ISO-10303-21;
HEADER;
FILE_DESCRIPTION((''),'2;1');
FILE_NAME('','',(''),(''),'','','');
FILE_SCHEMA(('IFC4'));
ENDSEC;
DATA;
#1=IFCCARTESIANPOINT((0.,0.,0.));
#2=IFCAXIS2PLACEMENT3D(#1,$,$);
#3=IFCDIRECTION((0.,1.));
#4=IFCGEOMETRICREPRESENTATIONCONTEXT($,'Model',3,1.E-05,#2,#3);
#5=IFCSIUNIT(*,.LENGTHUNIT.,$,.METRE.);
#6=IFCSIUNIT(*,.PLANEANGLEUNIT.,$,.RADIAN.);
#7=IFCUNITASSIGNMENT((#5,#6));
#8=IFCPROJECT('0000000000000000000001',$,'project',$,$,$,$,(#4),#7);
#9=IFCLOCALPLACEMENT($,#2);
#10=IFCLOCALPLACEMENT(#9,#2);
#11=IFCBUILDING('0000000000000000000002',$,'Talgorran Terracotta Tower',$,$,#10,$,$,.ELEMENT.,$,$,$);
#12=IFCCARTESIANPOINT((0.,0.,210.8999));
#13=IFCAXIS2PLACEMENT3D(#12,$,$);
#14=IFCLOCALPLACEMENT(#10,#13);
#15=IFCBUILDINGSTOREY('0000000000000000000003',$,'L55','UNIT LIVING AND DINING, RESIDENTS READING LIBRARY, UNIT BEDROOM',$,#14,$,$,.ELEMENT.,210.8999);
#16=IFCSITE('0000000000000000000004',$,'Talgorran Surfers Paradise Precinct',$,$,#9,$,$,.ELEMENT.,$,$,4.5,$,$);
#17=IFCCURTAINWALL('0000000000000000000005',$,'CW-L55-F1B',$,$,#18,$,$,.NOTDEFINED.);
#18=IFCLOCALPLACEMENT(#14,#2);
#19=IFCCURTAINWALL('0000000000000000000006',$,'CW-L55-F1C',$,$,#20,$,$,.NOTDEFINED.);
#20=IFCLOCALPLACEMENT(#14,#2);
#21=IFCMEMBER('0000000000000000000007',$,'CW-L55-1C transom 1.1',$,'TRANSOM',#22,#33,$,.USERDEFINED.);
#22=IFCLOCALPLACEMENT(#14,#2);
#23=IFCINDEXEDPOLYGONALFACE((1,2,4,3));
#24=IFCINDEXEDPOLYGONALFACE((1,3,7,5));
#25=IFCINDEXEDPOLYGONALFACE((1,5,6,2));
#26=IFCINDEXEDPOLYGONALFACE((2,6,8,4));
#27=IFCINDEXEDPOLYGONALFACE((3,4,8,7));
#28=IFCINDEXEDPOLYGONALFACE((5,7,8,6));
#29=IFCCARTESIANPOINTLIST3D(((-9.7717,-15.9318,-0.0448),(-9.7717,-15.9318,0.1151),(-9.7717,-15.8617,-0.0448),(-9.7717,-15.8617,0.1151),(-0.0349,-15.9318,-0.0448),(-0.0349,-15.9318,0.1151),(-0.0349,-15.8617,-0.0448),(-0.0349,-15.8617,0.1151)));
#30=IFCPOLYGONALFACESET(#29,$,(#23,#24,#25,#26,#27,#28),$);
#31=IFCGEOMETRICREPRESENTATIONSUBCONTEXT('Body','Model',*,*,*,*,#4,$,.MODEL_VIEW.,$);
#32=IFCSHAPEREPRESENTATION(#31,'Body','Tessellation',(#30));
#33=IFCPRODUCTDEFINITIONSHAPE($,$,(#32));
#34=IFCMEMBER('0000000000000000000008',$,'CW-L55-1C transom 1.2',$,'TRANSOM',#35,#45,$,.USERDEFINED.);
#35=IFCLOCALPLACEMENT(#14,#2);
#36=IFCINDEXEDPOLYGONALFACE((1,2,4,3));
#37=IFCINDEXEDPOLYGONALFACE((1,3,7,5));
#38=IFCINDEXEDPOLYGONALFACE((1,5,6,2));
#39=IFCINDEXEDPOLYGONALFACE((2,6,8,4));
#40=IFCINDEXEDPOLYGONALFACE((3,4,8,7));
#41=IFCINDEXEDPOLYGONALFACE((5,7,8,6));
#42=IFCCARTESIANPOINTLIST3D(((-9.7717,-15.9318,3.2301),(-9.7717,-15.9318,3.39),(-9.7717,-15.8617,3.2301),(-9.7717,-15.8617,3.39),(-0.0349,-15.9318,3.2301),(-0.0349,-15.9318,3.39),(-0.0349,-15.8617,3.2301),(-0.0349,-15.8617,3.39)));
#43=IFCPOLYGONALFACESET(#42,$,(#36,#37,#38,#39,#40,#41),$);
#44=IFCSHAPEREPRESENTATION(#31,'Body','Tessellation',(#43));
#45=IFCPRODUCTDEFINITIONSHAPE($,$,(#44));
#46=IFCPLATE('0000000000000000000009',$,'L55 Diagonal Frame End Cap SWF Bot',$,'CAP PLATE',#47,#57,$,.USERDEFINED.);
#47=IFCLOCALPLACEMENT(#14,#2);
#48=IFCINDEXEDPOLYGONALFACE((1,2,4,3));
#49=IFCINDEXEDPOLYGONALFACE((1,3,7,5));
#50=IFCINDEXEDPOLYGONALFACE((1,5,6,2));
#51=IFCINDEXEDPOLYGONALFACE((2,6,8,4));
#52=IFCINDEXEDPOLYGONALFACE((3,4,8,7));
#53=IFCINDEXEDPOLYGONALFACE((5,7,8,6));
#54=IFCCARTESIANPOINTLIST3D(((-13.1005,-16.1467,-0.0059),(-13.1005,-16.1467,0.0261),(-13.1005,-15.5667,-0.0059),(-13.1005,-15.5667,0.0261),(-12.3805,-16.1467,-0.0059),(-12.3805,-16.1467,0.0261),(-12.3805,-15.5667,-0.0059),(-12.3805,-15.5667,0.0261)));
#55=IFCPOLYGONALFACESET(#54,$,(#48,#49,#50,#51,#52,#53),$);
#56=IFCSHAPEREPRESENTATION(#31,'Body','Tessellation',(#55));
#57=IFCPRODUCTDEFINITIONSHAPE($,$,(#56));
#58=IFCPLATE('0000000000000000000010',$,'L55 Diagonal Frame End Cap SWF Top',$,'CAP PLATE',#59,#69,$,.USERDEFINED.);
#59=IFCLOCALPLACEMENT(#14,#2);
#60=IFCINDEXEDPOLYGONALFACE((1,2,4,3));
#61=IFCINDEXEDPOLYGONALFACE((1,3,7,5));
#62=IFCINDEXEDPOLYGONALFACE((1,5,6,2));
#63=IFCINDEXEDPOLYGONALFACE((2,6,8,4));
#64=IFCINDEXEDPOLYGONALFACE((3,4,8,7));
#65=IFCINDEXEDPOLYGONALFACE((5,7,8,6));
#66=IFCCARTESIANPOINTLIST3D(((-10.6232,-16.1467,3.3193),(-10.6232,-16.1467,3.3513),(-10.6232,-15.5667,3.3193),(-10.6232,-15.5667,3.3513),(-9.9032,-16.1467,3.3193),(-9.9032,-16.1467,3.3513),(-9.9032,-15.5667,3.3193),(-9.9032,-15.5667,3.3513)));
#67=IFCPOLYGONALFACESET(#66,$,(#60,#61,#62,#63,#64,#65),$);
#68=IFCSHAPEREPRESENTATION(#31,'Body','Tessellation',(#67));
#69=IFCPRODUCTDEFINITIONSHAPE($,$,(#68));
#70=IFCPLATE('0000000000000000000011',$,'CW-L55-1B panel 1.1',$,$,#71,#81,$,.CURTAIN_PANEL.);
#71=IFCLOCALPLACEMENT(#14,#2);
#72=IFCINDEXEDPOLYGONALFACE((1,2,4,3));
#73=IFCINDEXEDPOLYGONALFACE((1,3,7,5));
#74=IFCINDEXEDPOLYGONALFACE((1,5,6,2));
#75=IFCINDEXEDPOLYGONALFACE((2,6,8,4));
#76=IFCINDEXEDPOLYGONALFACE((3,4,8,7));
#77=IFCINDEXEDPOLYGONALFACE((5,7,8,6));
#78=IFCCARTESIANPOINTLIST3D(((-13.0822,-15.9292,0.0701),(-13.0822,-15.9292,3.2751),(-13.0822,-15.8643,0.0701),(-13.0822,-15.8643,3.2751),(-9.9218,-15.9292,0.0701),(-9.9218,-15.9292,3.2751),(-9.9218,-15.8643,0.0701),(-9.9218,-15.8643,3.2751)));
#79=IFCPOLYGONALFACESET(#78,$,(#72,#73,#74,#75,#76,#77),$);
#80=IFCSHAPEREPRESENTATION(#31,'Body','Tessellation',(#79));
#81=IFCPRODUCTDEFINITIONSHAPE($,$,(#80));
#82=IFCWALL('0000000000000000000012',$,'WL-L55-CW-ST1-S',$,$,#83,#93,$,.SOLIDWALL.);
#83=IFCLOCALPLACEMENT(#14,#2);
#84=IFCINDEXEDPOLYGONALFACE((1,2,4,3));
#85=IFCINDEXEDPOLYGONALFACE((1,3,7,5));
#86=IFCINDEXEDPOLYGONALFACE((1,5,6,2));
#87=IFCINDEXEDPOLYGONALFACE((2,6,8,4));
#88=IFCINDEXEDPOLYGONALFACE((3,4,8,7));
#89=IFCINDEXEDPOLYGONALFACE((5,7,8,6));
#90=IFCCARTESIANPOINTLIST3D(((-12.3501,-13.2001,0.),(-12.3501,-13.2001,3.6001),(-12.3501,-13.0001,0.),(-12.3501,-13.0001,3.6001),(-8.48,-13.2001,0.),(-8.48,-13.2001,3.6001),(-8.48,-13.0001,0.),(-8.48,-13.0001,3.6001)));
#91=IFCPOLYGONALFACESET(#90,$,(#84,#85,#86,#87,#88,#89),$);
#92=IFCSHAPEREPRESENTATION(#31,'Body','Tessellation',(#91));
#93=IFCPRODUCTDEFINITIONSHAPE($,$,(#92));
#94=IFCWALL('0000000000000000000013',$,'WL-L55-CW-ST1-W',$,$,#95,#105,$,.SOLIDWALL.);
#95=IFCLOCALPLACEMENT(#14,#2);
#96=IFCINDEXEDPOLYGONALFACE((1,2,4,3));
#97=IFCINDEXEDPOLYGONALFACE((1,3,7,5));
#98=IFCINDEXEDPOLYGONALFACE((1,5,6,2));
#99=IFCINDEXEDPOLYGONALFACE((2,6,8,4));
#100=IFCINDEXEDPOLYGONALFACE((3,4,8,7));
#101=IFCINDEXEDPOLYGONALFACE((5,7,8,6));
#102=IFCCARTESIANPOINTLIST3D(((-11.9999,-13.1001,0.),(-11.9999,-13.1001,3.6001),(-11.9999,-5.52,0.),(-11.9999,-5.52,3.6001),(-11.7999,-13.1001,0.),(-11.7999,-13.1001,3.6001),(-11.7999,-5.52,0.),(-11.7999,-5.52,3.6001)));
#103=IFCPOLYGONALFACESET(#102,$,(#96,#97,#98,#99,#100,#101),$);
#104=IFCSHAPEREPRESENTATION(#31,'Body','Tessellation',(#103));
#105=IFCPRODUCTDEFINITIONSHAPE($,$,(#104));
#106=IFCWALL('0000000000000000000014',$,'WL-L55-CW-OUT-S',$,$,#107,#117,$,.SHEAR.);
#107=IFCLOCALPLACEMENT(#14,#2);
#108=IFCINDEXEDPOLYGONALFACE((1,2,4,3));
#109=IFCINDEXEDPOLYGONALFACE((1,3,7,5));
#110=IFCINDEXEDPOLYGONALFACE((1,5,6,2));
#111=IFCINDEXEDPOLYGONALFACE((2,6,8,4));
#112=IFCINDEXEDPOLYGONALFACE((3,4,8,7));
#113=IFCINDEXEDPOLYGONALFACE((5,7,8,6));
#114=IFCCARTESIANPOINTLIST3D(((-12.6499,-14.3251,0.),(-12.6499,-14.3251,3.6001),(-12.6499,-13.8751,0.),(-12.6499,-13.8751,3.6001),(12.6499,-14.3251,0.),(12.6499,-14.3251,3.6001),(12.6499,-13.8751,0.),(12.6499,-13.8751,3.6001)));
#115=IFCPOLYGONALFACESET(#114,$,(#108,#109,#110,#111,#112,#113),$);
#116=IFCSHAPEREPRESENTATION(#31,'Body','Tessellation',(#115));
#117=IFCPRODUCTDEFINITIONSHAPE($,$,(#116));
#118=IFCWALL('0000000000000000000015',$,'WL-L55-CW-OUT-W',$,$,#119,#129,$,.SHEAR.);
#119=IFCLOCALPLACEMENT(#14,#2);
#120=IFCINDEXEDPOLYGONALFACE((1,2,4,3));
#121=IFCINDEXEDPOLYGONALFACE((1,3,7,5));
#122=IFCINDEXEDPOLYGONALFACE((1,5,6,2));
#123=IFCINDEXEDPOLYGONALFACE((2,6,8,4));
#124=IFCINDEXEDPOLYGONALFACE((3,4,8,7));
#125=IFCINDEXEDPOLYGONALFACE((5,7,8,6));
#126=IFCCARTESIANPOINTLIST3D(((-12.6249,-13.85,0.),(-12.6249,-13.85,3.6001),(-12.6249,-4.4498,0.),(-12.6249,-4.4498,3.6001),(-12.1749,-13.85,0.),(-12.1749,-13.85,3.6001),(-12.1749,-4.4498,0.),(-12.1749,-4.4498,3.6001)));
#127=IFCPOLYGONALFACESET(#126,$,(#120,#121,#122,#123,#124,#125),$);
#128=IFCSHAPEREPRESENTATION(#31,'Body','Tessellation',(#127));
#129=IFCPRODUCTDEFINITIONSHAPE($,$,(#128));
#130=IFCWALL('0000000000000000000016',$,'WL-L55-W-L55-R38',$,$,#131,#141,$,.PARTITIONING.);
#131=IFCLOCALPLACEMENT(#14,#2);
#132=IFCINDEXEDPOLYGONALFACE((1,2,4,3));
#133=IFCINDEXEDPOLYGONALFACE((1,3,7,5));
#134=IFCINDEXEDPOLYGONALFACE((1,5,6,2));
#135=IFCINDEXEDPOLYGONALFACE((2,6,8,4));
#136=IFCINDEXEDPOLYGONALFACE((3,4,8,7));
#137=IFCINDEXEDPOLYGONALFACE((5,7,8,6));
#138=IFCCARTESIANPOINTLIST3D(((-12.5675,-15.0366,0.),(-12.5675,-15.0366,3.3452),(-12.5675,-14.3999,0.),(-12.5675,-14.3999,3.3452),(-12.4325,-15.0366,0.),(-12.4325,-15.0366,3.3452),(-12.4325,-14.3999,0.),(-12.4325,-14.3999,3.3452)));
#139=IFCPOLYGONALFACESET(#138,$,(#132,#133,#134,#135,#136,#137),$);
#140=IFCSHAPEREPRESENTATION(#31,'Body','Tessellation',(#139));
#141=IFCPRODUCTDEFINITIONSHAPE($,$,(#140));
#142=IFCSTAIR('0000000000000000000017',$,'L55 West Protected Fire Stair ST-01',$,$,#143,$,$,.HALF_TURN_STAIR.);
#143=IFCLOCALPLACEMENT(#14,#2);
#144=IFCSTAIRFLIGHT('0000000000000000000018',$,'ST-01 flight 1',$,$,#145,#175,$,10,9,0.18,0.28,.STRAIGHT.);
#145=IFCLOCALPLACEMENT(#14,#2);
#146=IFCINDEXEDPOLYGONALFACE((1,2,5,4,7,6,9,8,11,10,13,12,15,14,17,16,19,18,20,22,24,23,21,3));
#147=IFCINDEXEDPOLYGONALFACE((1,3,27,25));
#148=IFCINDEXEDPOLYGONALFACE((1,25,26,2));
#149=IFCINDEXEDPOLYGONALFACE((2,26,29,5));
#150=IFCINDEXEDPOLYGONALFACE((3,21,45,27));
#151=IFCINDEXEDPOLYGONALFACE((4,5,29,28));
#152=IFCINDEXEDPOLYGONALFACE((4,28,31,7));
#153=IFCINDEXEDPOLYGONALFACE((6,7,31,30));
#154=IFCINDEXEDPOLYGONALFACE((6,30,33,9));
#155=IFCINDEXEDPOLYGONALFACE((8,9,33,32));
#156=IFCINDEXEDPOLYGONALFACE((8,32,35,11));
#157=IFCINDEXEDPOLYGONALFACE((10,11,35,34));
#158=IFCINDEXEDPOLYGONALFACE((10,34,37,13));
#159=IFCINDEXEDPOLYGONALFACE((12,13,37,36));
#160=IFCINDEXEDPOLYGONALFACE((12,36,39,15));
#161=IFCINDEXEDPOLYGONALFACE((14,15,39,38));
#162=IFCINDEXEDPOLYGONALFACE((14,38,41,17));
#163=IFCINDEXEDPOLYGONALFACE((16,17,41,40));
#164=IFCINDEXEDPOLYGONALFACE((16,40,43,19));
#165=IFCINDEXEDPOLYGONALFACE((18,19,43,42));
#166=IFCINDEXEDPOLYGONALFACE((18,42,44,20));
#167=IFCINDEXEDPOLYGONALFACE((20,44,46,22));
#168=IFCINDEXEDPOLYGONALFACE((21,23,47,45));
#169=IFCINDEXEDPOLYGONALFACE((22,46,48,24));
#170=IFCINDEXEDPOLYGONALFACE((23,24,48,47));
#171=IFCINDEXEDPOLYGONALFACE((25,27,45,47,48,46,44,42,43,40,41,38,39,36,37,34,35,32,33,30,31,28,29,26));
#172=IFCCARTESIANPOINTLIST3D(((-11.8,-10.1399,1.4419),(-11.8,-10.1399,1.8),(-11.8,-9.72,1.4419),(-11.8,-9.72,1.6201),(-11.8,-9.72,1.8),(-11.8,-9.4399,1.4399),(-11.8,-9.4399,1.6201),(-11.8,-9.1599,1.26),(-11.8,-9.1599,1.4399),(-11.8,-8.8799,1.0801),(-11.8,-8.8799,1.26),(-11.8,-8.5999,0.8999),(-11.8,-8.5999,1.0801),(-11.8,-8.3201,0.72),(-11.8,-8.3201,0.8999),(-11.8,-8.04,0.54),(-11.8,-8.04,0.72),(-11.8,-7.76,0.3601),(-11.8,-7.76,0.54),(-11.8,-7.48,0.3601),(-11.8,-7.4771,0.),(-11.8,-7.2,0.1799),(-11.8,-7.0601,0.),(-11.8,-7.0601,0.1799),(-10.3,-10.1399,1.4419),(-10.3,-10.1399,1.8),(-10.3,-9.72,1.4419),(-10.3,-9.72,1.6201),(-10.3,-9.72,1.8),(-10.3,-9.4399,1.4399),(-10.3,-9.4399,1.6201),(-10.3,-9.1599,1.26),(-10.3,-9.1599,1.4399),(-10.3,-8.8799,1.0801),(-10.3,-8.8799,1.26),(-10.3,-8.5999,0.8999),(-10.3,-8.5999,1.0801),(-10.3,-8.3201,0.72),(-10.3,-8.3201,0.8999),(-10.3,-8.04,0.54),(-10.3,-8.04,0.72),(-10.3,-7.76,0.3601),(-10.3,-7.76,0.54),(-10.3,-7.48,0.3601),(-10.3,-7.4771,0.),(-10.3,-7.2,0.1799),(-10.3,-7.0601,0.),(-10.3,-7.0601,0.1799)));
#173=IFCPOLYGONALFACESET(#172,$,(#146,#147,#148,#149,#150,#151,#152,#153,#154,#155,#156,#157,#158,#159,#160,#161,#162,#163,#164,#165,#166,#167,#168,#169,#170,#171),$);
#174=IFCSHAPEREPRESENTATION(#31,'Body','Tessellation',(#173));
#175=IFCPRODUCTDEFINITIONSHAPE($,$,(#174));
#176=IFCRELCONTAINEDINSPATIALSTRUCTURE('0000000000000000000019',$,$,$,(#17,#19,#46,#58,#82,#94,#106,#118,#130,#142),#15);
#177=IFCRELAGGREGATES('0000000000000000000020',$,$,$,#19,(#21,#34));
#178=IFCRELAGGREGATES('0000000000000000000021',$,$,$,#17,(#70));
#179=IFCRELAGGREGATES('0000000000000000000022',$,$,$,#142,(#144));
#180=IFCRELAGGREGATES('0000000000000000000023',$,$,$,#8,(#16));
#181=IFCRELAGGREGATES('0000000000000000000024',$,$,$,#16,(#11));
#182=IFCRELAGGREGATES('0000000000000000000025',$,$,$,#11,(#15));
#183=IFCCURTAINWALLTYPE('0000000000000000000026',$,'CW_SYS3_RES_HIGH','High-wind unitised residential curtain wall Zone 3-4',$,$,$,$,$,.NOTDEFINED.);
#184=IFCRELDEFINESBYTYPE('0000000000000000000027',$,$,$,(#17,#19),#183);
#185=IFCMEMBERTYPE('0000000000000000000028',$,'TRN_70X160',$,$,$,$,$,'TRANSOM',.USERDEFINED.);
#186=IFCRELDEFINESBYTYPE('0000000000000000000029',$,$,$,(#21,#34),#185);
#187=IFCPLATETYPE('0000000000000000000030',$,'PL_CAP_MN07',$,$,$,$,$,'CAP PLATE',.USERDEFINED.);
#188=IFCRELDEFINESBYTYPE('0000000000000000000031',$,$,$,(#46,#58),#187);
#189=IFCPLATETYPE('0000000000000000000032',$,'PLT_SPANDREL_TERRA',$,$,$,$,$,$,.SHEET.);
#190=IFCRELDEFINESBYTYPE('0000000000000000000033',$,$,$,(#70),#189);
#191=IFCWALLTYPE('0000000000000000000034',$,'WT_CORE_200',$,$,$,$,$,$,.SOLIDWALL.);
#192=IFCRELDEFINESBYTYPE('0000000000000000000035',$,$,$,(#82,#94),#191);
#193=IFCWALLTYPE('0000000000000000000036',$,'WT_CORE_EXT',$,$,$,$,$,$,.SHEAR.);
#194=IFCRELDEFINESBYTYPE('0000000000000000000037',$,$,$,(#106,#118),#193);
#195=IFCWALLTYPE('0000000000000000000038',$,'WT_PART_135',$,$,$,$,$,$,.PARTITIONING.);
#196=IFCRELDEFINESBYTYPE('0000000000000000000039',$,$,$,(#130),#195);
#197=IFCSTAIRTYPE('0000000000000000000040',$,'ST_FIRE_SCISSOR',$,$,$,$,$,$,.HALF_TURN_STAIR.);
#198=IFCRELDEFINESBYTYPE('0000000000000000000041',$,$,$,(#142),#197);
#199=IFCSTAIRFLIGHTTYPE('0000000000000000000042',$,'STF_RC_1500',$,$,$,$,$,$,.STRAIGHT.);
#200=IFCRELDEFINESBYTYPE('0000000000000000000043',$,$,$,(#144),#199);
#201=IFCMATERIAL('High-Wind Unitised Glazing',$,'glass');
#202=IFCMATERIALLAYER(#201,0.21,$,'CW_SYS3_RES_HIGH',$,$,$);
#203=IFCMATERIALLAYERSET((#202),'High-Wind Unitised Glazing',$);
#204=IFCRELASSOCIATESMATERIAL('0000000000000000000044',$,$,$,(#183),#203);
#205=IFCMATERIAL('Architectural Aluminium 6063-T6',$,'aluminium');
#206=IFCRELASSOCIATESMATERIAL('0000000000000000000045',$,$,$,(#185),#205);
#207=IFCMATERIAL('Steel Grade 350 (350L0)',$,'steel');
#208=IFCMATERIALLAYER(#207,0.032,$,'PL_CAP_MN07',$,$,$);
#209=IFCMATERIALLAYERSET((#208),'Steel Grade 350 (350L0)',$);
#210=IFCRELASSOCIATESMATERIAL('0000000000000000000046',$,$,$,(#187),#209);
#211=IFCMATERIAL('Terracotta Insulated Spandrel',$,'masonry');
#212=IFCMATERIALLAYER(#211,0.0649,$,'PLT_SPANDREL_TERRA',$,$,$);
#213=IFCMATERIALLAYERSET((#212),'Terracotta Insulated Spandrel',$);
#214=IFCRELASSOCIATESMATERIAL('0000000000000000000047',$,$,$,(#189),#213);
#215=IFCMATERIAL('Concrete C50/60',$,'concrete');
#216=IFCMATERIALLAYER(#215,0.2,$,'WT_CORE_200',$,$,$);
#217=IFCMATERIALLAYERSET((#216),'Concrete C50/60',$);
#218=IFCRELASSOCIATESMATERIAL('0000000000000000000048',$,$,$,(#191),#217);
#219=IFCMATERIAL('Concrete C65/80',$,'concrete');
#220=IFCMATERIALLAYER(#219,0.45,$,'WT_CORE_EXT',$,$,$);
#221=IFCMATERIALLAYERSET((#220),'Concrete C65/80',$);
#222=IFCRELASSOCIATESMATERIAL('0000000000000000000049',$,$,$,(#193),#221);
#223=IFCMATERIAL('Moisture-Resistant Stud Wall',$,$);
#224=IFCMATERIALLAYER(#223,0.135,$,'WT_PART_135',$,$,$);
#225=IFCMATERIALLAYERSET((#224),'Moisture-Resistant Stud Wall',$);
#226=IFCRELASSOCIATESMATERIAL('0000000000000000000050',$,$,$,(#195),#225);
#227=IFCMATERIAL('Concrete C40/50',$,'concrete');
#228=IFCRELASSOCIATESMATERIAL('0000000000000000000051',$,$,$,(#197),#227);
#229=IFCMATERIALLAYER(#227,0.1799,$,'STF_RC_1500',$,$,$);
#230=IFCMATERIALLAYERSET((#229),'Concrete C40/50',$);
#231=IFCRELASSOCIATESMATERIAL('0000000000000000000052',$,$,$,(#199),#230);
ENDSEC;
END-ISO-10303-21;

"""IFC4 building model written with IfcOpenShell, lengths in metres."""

from ifc_helpers import new_model, si_unit, direction, frame, frame_2d, origin, origin_2d, place, context, subcontext, project, spatial, polyline, rectangle, outline, extrude, source, transform, mapped, material, layer, layer_set, material_profile, profile_set, type_object, type_shapes, element, aggregate, save


model = new_model("IFC4")

# Units and contexts
model_context = context("Model", 3, precision=1e-05, world=origin(), true_north=direction((0.0, 1.0)))
body_context = subcontext(model_context, "Body", "Model", "MODEL_VIEW")
ifc_project = project(units=[si_unit("LENGTHUNIT", "METRE"), si_unit("PLANEANGLEUNIT", "RADIAN")], contexts=[model_context])

# Site, building, storey
site_placement = place(None, origin())
site = spatial("IfcSite", under=ifc_project, at=site_placement, Name="Talgorran Surfers Paradise Precinct", CompositionType="ELEMENT", RefElevation=4.5)
building_placement = place(site_placement, origin())
building = spatial("IfcBuilding", under=site, at=building_placement, Name="Talgorran Terracotta Tower", CompositionType="ELEMENT")
storey_placement = place(building_placement, frame((0.0, 0.0, 210.8999)))
storey = spatial("IfcBuildingStorey", under=building, at=storey_placement, Name="L55", Description="UNIT LIVING AND DINING, RESIDENTS READING LIBRARY, UNIT BEDROOM", CompositionType="ELEMENT", Elevation=210.8999)

# Shared definitions
ifc_material_1 = material(Name="Steel Grade 350 (350L0)", Category="steel")

# Curtain wall
ifc_material_2 = material(Name="High-Wind Unitised Glazing", Category="glass")
ifc_layer_1 = layer(ifc_material_2, 0.21, Name="CW_SYS3_RES_HIGH")
ifc_layer_set_1 = layer_set([ifc_layer_1], Name="High-Wind Unitised Glazing")
curtain_wall_type = type_object("IfcCurtainWallType", Name="CW_SYS3_RES_HIGH", Description="High-wind unitised residential curtain wall Zone 3-4", PredefinedType="NOTDEFINED", material=ifc_layer_set_1)
curtain_wall_1_placement = place(storey_placement, origin())
curtain_wall_1 = element("IfcCurtainWall", 1, at=curtain_wall_1_placement, inside=storey, type_object=curtain_wall_type, Name="CW-L55-F1B", PredefinedType="NOTDEFINED")
ifc_material_3 = material(Name="Architectural Aluminium 6063-T6", Category="aluminium")

# Curtain wall, members
curtain_wall_2_placement = place(storey_placement, origin())
curtain_wall_2 = element("IfcCurtainWall", 2, at=curtain_wall_2_placement, inside=storey, type_object=curtain_wall_type, Name="CW-L55-F1C", PredefinedType="NOTDEFINED")
ifc_material_profile_1 = material_profile(ifc_material_3, rectangle(XDim=0.0701, YDim=0.1599, at=origin_2d()), Name="CWT70X160")
ifc_profile_set_1 = profile_set([ifc_material_profile_1], Name="Architectural Aluminium 6063-T6")
member_type_1 = type_object("IfcMemberType", Name="TRN_70X160", ElementType="TRANSOM", PredefinedType="USERDEFINED", material=ifc_profile_set_1)
member_1_placement = place(storey_placement, frame((-9.7717, -15.8967, 0.0352), z_axis=(1.0, 0.0, 0.0), x_axis=(0.0, 1.0, 0.0)))
member_1 = element("IfcMember", 3, at=member_1_placement, type_object=member_type_1, Name="CW-L55-1C transom 1.1", ObjectType="TRANSOM", PredefinedType="USERDEFINED", context=body_context, shape_type="SweptSolid", body=[
    extrude(rectangle(XDim=0.0701, YDim=0.1599, at=origin_2d()), origin(), (0.0, 0.0, 1.0), 9.7368),
])
member_2_placement = place(storey_placement, frame((-9.7717, -15.8967, 3.3101), z_axis=(1.0, 0.0, 0.0), x_axis=(0.0, 1.0, 0.0)))
member_2 = element("IfcMember", 4, at=member_2_placement, type_object=member_type_1, Name="CW-L55-1C transom 1.2", ObjectType="TRANSOM", PredefinedType="USERDEFINED", context=body_context, shape_type="SweptSolid", body=[
    extrude(rectangle(XDim=0.0701, YDim=0.1599, at=origin_2d()), origin(), (0.0, 0.0, 1.0), 9.7368),
])
aggregate(curtain_wall_2, [member_1, member_2])

# Plates
ifc_layer_2 = layer(ifc_material_1, 0.032, Name="PL_CAP_MN07")
ifc_layer_set_2 = layer_set([ifc_layer_2], Name="Steel Grade 350 (350L0)")
plate_type_1 = type_object("IfcPlateType", Name="PL_CAP_MN07", ElementType="CAP PLATE", PredefinedType="USERDEFINED", material=ifc_layer_set_2)
for number, where, z_axis, x_axis, name in (
    (5, (-12.7405, -15.8567, -0.0059), (0.0, 0.0, 1.0), (1.0, 0.0, 0.0), "L55 Diagonal Frame End Cap SWF Bot"),
    (6, (-10.2632, -15.8567, 3.3193), (0.0, 0.0, 1.0), (1.0, 0.0, 0.0), "L55 Diagonal Frame End Cap SWF Top"),
):
    element("IfcPlate", number, at=place(storey_placement, frame(where, z_axis=z_axis, x_axis=x_axis)), inside=storey, type_object=plate_type_1, Name=name, ObjectType="CAP PLATE", PredefinedType="USERDEFINED", context=body_context, shape_type="SweptSolid", body=[
        extrude(rectangle(XDim=0.72, YDim=0.5801, at=origin_2d()), origin(), (0.0, 0.0, 1.0), 0.032),
    ])

# Plate
ifc_material_4 = material(Name="Terracotta Insulated Spandrel", Category="masonry")
ifc_layer_3 = layer(ifc_material_4, 0.0649, Name="PLT_SPANDREL_TERRA")
ifc_layer_set_3 = layer_set([ifc_layer_3], Name="Terracotta Insulated Spandrel")
plate_type_2 = type_object("IfcPlateType", Name="PLT_SPANDREL_TERRA", PredefinedType="SHEET", material=ifc_layer_set_3)
shared_shape = source(origin(), body_context, "Body", "SweptSolid", [
    extrude(rectangle(XDim=3.1604, YDim=0.0649, at=origin_2d()), origin(), (0.0, 0.0, 1.0), 3.2051),
])
type_shapes(plate_type_2, [shared_shape])
plate_placement = place(storey_placement, frame((-11.502, -15.8967, 0.0701), z_axis=(0.0, 0.0, 1.0), x_axis=(1.0, 0.0, 0.0)))
plate = element("IfcPlate", 7, at=plate_placement, type_object=plate_type_2, Name="CW-L55-1B panel 1.1", PredefinedType="CURTAIN_PANEL", context=body_context, shape_type="MappedRepresentation", body=[
    mapped(shared_shape, transform((0.0, 0.0, 0.0), scale=1.0)),
])
aggregate(curtain_wall_1, [plate])

# Walls
ifc_material_5 = material(Name="Concrete C50/60", Category="concrete")
ifc_layer_4 = layer(ifc_material_5, 0.2, Name="WT_CORE_200")
ifc_layer_set_4 = layer_set([ifc_layer_4], Name="Concrete C50/60")
wall_type_1 = type_object("IfcWallType", Name="WT_CORE_200", PredefinedType="SOLIDWALL", material=ifc_layer_set_4)
wall_1_placement = place(storey_placement, frame((-12.3501, -13.1001, 0.0), z_axis=(0.0, 0.0, 1.0), x_axis=(1.0, 0.0, 0.0)))
element("IfcWall", 8, at=wall_1_placement, inside=storey, type_object=wall_type_1, Name="WL-L55-CW-ST1-S", PredefinedType="SOLIDWALL", context=body_context, shape_type="SweptSolid", body=[
    extrude(rectangle(XDim=3.8701, YDim=0.2, at=frame_2d((1.9351, 0.0))), origin(), (0.0, 0.0, 1.0), 3.6001),
])
wall_2_placement = place(storey_placement, frame((-11.8999, -13.1001, 0.0), z_axis=(0.0, 0.0, 1.0), x_axis=(0.0, 1.0, 0.0)))
element("IfcWall", 9, at=wall_2_placement, inside=storey, type_object=wall_type_1, Name="WL-L55-CW-ST1-W", PredefinedType="SOLIDWALL", context=body_context, shape_type="SweptSolid", body=[
    extrude(rectangle(XDim=7.5801, YDim=0.2, at=frame_2d((3.79, 0.0))), origin(), (0.0, 0.0, 1.0), 3.6001),
])
ifc_material_6 = material(Name="Concrete C65/80", Category="concrete")
ifc_layer_5 = layer(ifc_material_6, 0.45, Name="WT_CORE_EXT")
ifc_layer_set_5 = layer_set([ifc_layer_5], Name="Concrete C65/80")
wall_type_2 = type_object("IfcWallType", Name="WT_CORE_EXT", PredefinedType="SHEAR", material=ifc_layer_set_5)
wall_3_placement = place(storey_placement, frame((-12.6499, -14.1001, 0.0), z_axis=(0.0, 0.0, 1.0), x_axis=(1.0, 0.0, 0.0)))
element("IfcWall", 10, at=wall_3_placement, inside=storey, type_object=wall_type_2, Name="WL-L55-CW-OUT-S", PredefinedType="SHEAR", context=body_context, shape_type="SweptSolid", body=[
    extrude(rectangle(XDim=25.2998, YDim=0.45, at=frame_2d((12.6499, 0.0))), origin(), (0.0, 0.0, 1.0), 3.6001),
])
wall_4_placement = place(storey_placement, frame((-12.3999, -13.8501, 0.0), z_axis=(0.0, 0.0, 1.0), x_axis=(0.0, 1.0, 0.0)))
element("IfcWall", 11, at=wall_4_placement, inside=storey, type_object=wall_type_2, Name="WL-L55-CW-OUT-W", PredefinedType="SHEAR", context=body_context, shape_type="SweptSolid", body=[
    extrude(rectangle(XDim=9.4001, YDim=0.45, at=frame_2d((4.7002, 0.0))), origin(), (0.0, 0.0, 1.0), 3.6001),
])
ifc_material_7 = material(Name="Moisture-Resistant Stud Wall")
ifc_layer_6 = layer(ifc_material_7, 0.135, Name="WT_PART_135")
ifc_layer_set_6 = layer_set([ifc_layer_6], Name="Moisture-Resistant Stud Wall")
wall_type_3 = type_object("IfcWallType", Name="WT_PART_135", PredefinedType="PARTITIONING", material=ifc_layer_set_6)
wall_5_placement = place(storey_placement, frame((-12.5, -14.3999, 0.0), z_axis=(0.0, 0.0, 1.0), x_axis=(0.0, -1.0, 0.0)))
element("IfcWall", 12, at=wall_5_placement, inside=storey, type_object=wall_type_3, Name="WL-L55-W-L55-R38", PredefinedType="PARTITIONING", context=body_context, shape_type="SweptSolid", body=[
    extrude(rectangle(XDim=0.6367, YDim=0.135, at=frame_2d((0.3184, 0.0))), origin(), (0.0, 0.0, 1.0), 3.3452),
])

# Stair, stair flight
ifc_material_8 = material(Name="Concrete C40/50", Category="concrete")
stair_type = type_object("IfcStairType", Name="ST_FIRE_SCISSOR", PredefinedType="HALF_TURN_STAIR", material=ifc_material_8)
stair_placement = place(storey_placement, origin())
stair = element("IfcStair", 13, at=stair_placement, inside=storey, type_object=stair_type, Name="L55 West Protected Fire Stair ST-01", PredefinedType="HALF_TURN_STAIR")
ifc_layer_7 = layer(ifc_material_8, 0.1799, Name="STF_RC_1500")
ifc_layer_set_7 = layer_set([ifc_layer_7], Name="Concrete C40/50")
stair_flight_type = type_object("IfcStairFlightType", Name="STF_RC_1500", PredefinedType="STRAIGHT", material=ifc_layer_set_7)
stair_flight_placement = place(storey_placement, frame((-11.05, -7.2, 0.0), z_axis=(0.0, 0.0, 1.0), x_axis=(0.0, -1.0, 0.0)))
stair_flight = element("IfcStairFlight", 14, at=stair_flight_placement, type_object=stair_flight_type, Name="ST-01 flight 1", NumberOfRisers=10, NumberOfTreads=9, PredefinedType="STRAIGHT", RiserHeight=0.18, TreadLength=0.28, context=body_context, shape_type="SweptSolid", body=[
    extrude(outline(polyline([(-0.1399, 0.0), (-0.1399, 0.1799), (0.0, 0.1799), (0.28, 0.3601), (0.5601, 0.3601), (0.5601, 0.54), (0.8401, 0.54), (0.8401, 0.72), (1.1201, 0.72), (1.1201, 0.8999), (1.3999, 0.8999), (1.3999, 1.0801), (1.6799, 1.0801), (1.6799, 1.26), (1.96, 1.26), (1.96, 1.4399), (2.24, 1.4399), (2.24, 1.6201), (2.52, 1.6201), (2.52, 1.8), (2.9399, 1.8), (2.9399, 1.4419), (2.52, 1.4419), (0.2771, 0.0), (-0.1399, 0.0)])), frame((0.0, 0.75, 0.0), z_axis=(0.0, -1.0, 0.0), x_axis=(1.0, 0.0, 0.0)), (0.0, 0.0, 1.0), 1.5),
])
aggregate(stair, [stair_flight])

save(model, "model.ifc")
